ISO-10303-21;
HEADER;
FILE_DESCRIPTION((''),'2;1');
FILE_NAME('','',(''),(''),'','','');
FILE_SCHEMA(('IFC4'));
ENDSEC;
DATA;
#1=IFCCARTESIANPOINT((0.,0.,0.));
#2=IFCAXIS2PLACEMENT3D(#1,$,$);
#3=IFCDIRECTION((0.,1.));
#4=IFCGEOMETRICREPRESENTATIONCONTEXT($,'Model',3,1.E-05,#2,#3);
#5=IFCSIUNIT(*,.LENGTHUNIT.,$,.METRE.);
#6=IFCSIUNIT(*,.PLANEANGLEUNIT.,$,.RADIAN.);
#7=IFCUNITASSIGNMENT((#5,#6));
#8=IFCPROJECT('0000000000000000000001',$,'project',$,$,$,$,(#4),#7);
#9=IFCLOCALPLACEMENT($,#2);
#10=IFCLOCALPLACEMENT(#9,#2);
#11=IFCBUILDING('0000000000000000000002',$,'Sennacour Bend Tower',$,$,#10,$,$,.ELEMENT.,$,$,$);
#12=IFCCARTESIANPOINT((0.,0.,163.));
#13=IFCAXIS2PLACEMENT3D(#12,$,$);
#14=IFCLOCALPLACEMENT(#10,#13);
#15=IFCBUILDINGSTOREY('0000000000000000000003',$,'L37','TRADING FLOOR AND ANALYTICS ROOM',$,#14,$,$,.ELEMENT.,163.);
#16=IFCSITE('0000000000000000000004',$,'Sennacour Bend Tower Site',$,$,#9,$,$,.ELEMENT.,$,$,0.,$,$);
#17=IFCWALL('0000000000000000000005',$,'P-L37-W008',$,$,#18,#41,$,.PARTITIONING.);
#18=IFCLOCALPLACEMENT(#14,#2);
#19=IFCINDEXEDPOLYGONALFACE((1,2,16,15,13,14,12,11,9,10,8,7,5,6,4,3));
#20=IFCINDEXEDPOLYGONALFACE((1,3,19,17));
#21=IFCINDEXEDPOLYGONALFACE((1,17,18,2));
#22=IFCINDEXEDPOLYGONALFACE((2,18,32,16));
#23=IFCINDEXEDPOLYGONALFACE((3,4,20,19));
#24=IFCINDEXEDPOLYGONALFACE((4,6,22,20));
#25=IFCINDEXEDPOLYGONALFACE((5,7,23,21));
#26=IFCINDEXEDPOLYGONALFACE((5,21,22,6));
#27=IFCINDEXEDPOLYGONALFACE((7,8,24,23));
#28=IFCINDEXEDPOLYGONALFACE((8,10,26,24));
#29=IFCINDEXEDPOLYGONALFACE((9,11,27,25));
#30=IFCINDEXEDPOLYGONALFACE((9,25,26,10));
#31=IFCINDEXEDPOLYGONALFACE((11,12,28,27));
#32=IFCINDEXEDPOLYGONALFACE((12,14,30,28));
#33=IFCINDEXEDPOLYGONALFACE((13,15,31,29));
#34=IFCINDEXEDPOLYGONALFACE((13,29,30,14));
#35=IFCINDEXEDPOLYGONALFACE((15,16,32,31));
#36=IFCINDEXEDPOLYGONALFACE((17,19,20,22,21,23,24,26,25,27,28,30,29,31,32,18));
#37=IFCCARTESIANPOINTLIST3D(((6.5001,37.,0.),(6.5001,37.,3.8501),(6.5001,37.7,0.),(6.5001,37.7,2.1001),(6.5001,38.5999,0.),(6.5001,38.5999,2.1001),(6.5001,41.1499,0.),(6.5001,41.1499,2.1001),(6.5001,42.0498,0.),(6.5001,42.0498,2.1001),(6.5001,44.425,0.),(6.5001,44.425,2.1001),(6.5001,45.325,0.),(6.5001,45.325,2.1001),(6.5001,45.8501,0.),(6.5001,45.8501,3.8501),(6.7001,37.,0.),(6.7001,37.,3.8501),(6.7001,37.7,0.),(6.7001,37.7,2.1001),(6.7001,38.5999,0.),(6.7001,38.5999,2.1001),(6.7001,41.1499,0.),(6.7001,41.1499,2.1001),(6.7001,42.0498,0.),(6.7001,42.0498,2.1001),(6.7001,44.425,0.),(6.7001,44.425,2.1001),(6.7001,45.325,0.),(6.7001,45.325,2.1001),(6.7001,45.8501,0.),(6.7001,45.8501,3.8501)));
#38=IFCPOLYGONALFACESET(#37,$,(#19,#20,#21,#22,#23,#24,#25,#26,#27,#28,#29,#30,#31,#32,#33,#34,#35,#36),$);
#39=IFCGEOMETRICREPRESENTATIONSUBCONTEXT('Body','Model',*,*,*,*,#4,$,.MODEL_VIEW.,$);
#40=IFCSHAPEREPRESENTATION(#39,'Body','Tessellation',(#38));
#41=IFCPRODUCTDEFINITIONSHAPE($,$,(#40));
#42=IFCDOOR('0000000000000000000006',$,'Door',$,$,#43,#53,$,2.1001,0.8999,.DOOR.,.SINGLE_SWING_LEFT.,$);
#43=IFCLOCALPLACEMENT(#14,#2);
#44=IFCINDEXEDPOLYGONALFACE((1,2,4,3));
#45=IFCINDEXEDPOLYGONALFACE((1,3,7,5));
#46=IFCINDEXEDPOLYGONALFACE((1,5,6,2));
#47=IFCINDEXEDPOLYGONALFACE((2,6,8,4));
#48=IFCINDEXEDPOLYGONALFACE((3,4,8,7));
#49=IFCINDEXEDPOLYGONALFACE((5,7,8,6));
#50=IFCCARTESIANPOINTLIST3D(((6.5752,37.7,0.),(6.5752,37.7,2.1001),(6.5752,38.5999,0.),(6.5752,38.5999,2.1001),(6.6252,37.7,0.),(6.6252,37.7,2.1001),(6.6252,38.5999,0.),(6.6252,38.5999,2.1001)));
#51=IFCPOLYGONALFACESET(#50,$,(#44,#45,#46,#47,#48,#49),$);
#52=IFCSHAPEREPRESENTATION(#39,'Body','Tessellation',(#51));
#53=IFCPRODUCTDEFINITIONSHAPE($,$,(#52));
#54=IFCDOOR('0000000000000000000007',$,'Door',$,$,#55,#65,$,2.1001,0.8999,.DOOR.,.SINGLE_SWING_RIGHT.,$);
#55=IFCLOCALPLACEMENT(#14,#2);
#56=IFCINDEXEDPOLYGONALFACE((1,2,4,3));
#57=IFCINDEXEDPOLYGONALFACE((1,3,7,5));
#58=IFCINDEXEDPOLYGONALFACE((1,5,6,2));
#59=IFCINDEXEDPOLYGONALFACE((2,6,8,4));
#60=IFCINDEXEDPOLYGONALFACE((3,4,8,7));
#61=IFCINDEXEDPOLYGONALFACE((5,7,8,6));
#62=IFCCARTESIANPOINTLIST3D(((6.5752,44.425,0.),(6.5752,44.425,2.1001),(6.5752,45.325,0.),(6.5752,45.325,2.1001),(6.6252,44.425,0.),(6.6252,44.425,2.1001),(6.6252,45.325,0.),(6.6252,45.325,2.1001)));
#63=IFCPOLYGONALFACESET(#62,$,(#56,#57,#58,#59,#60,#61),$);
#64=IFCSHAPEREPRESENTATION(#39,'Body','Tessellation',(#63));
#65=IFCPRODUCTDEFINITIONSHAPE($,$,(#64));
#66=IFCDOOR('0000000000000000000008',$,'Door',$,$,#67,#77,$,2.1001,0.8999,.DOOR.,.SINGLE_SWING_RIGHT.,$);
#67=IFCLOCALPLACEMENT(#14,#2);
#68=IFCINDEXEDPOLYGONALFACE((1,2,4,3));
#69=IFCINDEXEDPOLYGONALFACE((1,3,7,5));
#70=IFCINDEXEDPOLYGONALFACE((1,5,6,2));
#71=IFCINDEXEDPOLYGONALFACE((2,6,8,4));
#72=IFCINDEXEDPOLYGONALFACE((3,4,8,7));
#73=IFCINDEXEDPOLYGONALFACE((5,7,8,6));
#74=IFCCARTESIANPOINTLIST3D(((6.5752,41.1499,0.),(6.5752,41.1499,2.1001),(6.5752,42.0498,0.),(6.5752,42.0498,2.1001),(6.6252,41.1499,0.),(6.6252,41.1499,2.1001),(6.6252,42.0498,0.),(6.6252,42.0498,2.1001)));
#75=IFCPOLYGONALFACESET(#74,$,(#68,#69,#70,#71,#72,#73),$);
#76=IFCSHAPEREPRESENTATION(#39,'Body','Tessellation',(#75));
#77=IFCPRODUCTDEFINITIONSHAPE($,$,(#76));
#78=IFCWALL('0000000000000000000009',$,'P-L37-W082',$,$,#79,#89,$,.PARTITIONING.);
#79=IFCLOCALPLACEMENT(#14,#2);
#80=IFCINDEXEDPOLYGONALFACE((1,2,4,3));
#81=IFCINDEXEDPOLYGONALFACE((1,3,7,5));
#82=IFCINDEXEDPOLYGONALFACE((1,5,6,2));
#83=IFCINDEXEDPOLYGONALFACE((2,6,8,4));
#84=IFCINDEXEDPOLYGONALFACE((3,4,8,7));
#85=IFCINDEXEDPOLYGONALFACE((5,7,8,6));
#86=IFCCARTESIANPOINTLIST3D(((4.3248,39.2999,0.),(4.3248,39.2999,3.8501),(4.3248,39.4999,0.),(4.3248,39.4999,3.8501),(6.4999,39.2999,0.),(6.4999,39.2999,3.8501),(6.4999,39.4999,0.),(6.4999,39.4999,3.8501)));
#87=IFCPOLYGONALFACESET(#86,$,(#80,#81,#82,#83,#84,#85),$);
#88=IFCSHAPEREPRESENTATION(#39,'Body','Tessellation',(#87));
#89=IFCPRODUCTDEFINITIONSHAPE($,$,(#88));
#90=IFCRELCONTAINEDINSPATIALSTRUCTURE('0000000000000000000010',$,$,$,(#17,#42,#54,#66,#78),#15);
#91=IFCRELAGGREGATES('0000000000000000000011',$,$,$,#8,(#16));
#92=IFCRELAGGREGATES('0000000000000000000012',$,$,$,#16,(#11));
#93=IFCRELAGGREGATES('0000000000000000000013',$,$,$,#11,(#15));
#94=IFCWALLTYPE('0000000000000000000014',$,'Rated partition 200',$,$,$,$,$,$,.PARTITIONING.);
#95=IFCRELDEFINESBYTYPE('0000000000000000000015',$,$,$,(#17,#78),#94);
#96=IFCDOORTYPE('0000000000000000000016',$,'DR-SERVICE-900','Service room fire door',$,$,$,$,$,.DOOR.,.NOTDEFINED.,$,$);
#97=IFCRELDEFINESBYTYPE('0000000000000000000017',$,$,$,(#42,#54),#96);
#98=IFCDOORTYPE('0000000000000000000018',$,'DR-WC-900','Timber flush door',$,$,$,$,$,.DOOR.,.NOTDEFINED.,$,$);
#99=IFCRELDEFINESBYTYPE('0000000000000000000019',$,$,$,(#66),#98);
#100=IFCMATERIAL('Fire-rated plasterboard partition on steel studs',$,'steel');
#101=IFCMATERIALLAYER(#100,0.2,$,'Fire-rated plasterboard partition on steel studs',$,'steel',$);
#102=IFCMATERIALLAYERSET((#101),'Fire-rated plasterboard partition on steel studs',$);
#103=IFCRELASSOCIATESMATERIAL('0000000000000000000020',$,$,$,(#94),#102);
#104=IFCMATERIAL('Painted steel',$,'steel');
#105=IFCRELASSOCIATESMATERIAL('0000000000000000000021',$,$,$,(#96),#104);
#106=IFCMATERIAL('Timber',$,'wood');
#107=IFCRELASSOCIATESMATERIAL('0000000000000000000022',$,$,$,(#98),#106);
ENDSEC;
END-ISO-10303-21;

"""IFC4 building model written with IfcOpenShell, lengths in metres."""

from ifc_helpers import new_model, si_unit, direction, frame, frame_2d, origin, place, context, subcontext, project, spatial, rectangle, extrude, material, layer, layer_set, type_object, element, fill, save


model = new_model("IFC4")

# Units and contexts
model_context = context("Model", 3, precision=1e-05, world=origin(), true_north=direction((0.0, 1.0)))
body_context = subcontext(model_context, "Body", "Model", "MODEL_VIEW")
ifc_project = project(units=[si_unit("LENGTHUNIT", "METRE"), si_unit("PLANEANGLEUNIT", "RADIAN")], contexts=[model_context])

# Site, building, storey
site_placement = place(None, origin())
site = spatial("IfcSite", under=ifc_project, at=site_placement, Name="Sennacour Bend Tower Site", CompositionType="ELEMENT", RefElevation=0.0)
building_placement = place(site_placement, origin())
building = spatial("IfcBuilding", under=site, at=building_placement, Name="Sennacour Bend Tower", CompositionType="ELEMENT")
storey_placement = place(building_placement, frame((0.0, 0.0, 163.0)))
storey = spatial("IfcBuildingStorey", under=building, at=storey_placement, Name="L37", Description="TRADING FLOOR AND ANALYTICS ROOM", CompositionType="ELEMENT", Elevation=163.0)

# Shared definitions
ifc_material_1 = material(Name="Painted steel", Category="steel")

# Wall, openings, doors
ifc_material_2 = material(Name="Fire-rated plasterboard partition on steel studs", Category="steel")
ifc_layer_1 = layer(ifc_material_2, 0.2, Name="Fire-rated plasterboard partition on steel studs", Category="steel")
ifc_layer_set_1 = layer_set([ifc_layer_1], Name="Fire-rated plasterboard partition on steel studs")
wall_type_1 = type_object("IfcWallType", Name="Rated partition 200", PredefinedType="PARTITIONING", material=ifc_layer_set_1)
wall_1_placement = place(storey_placement, frame((6.6001, 37.0, 0.0), z_axis=(0.0, 0.0, 1.0), x_axis=(0.0, 1.0, 0.0)))
wall_1 = element("IfcWall", 1, at=wall_1_placement, inside=storey, type_object=wall_type_1, Name="P-L37-W008", PredefinedType="PARTITIONING", context=body_context, shape_type="SweptSolid", body=[
    extrude(rectangle(XDim=8.8501, YDim=0.2, at=frame_2d((4.425, 0.0))), origin(), (0.0, 0.0, 1.0), 3.8501),
])
opening_1_placement = place(wall_1_placement, frame((0.7, 0.0, 0.0)))
opening_1 = element("IfcOpeningElement", 2, at=opening_1_placement, cuts=wall_1, PredefinedType="OPENING", context=body_context, shape_type="SweptSolid", body=[
    extrude(rectangle(XDim=0.8999, YDim=2.1001, at=frame_2d((0.45, 1.05))), frame((0.0, 0.1099, 0.0), z_axis=(0.0, -1.0, 0.0), x_axis=(1.0, 0.0, 0.0)), (0.0, 0.0, 1.0), 0.22),
])
opening_2_placement = place(wall_1_placement, frame((4.1499, 0.0, 0.0)))
opening_2 = element("IfcOpeningElement", 3, at=opening_2_placement, cuts=wall_1, PredefinedType="OPENING", context=body_context, shape_type="SweptSolid", body=[
    extrude(rectangle(XDim=0.8999, YDim=2.1001, at=frame_2d((0.45, 1.05))), frame((0.0, 0.1099, 0.0), z_axis=(0.0, -1.0, 0.0), x_axis=(1.0, 0.0, 0.0)), (0.0, 0.0, 1.0), 0.22),
])
opening_3_placement = place(wall_1_placement, frame((7.425, 0.0, 0.0)))
opening_3 = element("IfcOpeningElement", 4, at=opening_3_placement, cuts=wall_1, PredefinedType="OPENING", context=body_context, shape_type="SweptSolid", body=[
    extrude(rectangle(XDim=0.8999, YDim=2.1001, at=frame_2d((0.45, 1.05))), frame((0.0, 0.1099, 0.0), z_axis=(0.0, -1.0, 0.0), x_axis=(1.0, 0.0, 0.0)), (0.0, 0.0, 1.0), 0.22),
])
door_type_1 = type_object("IfcDoorType", Name="DR-SERVICE-900", Description="Service room fire door", OperationType="NOTDEFINED", PredefinedType="DOOR", material=ifc_material_1)
door_1_placement = place(opening_1_placement, origin())
door_1 = element("IfcDoor", 5, at=door_1_placement, inside=storey, type_object=door_type_1, Name="Door", OperationType="SINGLE_SWING_LEFT", OverallHeight=2.1001, OverallWidth=0.8999, PredefinedType="DOOR", context=body_context, shape_type="SweptSolid", body=[
    extrude(rectangle(XDim=0.8999, YDim=2.1001, at=frame_2d((0.45, 1.05))), frame((0.0, 0.0249, 0.0), z_axis=(0.0, -1.0, 0.0), x_axis=(1.0, 0.0, 0.0)), (0.0, 0.0, 1.0), 0.05),
])
fill(opening_1, door_1)
door_2_placement = place(opening_3_placement, origin())
door_2 = element("IfcDoor", 6, at=door_2_placement, inside=storey, type_object=door_type_1, Name="Door", OperationType="SINGLE_SWING_RIGHT", OverallHeight=2.1001, OverallWidth=0.8999, PredefinedType="DOOR", context=body_context, shape_type="SweptSolid", body=[
    extrude(rectangle(XDim=0.8999, YDim=2.1001, at=frame_2d((0.45, 1.05))), frame((0.0, 0.0249, 0.0), z_axis=(0.0, -1.0, 0.0), x_axis=(1.0, 0.0, 0.0)), (0.0, 0.0, 1.0), 0.05),
])
fill(opening_3, door_2)
ifc_material_3 = material(Name="Timber", Category="wood")
door_type_2 = type_object("IfcDoorType", Name="DR-WC-900", Description="Timber flush door", OperationType="NOTDEFINED", PredefinedType="DOOR", material=ifc_material_3)
door_3_placement = place(opening_2_placement, origin())
door_3 = element("IfcDoor", 7, at=door_3_placement, inside=storey, type_object=door_type_2, Name="Door", OperationType="SINGLE_SWING_RIGHT", OverallHeight=2.1001, OverallWidth=0.8999, PredefinedType="DOOR", context=body_context, shape_type="SweptSolid", body=[
    extrude(rectangle(XDim=0.8999, YDim=2.1001, at=frame_2d((0.45, 1.05))), frame((0.0, 0.0249, 0.0), z_axis=(0.0, -1.0, 0.0), x_axis=(1.0, 0.0, 0.0)), (0.0, 0.0, 1.0), 0.05),
])
fill(opening_2, door_3)

# Wall
wall_2_placement = place(storey_placement, frame((4.325, 39.3999, 0.0), z_axis=(0.0, 0.0, 1.0), x_axis=(1.0, 0.0, 0.0)))
element("IfcWall", 8, at=wall_2_placement, inside=storey, type_object=wall_type_1, Name="P-L37-W082", PredefinedType="PARTITIONING", context=body_context, shape_type="SweptSolid", body=[
    extrude(rectangle(XDim=2.175, YDim=0.2, at=frame_2d((1.0874, 0.0))), origin(), (0.0, 0.0, 1.0), 3.8501),
])

save(model, "model.ifc")
